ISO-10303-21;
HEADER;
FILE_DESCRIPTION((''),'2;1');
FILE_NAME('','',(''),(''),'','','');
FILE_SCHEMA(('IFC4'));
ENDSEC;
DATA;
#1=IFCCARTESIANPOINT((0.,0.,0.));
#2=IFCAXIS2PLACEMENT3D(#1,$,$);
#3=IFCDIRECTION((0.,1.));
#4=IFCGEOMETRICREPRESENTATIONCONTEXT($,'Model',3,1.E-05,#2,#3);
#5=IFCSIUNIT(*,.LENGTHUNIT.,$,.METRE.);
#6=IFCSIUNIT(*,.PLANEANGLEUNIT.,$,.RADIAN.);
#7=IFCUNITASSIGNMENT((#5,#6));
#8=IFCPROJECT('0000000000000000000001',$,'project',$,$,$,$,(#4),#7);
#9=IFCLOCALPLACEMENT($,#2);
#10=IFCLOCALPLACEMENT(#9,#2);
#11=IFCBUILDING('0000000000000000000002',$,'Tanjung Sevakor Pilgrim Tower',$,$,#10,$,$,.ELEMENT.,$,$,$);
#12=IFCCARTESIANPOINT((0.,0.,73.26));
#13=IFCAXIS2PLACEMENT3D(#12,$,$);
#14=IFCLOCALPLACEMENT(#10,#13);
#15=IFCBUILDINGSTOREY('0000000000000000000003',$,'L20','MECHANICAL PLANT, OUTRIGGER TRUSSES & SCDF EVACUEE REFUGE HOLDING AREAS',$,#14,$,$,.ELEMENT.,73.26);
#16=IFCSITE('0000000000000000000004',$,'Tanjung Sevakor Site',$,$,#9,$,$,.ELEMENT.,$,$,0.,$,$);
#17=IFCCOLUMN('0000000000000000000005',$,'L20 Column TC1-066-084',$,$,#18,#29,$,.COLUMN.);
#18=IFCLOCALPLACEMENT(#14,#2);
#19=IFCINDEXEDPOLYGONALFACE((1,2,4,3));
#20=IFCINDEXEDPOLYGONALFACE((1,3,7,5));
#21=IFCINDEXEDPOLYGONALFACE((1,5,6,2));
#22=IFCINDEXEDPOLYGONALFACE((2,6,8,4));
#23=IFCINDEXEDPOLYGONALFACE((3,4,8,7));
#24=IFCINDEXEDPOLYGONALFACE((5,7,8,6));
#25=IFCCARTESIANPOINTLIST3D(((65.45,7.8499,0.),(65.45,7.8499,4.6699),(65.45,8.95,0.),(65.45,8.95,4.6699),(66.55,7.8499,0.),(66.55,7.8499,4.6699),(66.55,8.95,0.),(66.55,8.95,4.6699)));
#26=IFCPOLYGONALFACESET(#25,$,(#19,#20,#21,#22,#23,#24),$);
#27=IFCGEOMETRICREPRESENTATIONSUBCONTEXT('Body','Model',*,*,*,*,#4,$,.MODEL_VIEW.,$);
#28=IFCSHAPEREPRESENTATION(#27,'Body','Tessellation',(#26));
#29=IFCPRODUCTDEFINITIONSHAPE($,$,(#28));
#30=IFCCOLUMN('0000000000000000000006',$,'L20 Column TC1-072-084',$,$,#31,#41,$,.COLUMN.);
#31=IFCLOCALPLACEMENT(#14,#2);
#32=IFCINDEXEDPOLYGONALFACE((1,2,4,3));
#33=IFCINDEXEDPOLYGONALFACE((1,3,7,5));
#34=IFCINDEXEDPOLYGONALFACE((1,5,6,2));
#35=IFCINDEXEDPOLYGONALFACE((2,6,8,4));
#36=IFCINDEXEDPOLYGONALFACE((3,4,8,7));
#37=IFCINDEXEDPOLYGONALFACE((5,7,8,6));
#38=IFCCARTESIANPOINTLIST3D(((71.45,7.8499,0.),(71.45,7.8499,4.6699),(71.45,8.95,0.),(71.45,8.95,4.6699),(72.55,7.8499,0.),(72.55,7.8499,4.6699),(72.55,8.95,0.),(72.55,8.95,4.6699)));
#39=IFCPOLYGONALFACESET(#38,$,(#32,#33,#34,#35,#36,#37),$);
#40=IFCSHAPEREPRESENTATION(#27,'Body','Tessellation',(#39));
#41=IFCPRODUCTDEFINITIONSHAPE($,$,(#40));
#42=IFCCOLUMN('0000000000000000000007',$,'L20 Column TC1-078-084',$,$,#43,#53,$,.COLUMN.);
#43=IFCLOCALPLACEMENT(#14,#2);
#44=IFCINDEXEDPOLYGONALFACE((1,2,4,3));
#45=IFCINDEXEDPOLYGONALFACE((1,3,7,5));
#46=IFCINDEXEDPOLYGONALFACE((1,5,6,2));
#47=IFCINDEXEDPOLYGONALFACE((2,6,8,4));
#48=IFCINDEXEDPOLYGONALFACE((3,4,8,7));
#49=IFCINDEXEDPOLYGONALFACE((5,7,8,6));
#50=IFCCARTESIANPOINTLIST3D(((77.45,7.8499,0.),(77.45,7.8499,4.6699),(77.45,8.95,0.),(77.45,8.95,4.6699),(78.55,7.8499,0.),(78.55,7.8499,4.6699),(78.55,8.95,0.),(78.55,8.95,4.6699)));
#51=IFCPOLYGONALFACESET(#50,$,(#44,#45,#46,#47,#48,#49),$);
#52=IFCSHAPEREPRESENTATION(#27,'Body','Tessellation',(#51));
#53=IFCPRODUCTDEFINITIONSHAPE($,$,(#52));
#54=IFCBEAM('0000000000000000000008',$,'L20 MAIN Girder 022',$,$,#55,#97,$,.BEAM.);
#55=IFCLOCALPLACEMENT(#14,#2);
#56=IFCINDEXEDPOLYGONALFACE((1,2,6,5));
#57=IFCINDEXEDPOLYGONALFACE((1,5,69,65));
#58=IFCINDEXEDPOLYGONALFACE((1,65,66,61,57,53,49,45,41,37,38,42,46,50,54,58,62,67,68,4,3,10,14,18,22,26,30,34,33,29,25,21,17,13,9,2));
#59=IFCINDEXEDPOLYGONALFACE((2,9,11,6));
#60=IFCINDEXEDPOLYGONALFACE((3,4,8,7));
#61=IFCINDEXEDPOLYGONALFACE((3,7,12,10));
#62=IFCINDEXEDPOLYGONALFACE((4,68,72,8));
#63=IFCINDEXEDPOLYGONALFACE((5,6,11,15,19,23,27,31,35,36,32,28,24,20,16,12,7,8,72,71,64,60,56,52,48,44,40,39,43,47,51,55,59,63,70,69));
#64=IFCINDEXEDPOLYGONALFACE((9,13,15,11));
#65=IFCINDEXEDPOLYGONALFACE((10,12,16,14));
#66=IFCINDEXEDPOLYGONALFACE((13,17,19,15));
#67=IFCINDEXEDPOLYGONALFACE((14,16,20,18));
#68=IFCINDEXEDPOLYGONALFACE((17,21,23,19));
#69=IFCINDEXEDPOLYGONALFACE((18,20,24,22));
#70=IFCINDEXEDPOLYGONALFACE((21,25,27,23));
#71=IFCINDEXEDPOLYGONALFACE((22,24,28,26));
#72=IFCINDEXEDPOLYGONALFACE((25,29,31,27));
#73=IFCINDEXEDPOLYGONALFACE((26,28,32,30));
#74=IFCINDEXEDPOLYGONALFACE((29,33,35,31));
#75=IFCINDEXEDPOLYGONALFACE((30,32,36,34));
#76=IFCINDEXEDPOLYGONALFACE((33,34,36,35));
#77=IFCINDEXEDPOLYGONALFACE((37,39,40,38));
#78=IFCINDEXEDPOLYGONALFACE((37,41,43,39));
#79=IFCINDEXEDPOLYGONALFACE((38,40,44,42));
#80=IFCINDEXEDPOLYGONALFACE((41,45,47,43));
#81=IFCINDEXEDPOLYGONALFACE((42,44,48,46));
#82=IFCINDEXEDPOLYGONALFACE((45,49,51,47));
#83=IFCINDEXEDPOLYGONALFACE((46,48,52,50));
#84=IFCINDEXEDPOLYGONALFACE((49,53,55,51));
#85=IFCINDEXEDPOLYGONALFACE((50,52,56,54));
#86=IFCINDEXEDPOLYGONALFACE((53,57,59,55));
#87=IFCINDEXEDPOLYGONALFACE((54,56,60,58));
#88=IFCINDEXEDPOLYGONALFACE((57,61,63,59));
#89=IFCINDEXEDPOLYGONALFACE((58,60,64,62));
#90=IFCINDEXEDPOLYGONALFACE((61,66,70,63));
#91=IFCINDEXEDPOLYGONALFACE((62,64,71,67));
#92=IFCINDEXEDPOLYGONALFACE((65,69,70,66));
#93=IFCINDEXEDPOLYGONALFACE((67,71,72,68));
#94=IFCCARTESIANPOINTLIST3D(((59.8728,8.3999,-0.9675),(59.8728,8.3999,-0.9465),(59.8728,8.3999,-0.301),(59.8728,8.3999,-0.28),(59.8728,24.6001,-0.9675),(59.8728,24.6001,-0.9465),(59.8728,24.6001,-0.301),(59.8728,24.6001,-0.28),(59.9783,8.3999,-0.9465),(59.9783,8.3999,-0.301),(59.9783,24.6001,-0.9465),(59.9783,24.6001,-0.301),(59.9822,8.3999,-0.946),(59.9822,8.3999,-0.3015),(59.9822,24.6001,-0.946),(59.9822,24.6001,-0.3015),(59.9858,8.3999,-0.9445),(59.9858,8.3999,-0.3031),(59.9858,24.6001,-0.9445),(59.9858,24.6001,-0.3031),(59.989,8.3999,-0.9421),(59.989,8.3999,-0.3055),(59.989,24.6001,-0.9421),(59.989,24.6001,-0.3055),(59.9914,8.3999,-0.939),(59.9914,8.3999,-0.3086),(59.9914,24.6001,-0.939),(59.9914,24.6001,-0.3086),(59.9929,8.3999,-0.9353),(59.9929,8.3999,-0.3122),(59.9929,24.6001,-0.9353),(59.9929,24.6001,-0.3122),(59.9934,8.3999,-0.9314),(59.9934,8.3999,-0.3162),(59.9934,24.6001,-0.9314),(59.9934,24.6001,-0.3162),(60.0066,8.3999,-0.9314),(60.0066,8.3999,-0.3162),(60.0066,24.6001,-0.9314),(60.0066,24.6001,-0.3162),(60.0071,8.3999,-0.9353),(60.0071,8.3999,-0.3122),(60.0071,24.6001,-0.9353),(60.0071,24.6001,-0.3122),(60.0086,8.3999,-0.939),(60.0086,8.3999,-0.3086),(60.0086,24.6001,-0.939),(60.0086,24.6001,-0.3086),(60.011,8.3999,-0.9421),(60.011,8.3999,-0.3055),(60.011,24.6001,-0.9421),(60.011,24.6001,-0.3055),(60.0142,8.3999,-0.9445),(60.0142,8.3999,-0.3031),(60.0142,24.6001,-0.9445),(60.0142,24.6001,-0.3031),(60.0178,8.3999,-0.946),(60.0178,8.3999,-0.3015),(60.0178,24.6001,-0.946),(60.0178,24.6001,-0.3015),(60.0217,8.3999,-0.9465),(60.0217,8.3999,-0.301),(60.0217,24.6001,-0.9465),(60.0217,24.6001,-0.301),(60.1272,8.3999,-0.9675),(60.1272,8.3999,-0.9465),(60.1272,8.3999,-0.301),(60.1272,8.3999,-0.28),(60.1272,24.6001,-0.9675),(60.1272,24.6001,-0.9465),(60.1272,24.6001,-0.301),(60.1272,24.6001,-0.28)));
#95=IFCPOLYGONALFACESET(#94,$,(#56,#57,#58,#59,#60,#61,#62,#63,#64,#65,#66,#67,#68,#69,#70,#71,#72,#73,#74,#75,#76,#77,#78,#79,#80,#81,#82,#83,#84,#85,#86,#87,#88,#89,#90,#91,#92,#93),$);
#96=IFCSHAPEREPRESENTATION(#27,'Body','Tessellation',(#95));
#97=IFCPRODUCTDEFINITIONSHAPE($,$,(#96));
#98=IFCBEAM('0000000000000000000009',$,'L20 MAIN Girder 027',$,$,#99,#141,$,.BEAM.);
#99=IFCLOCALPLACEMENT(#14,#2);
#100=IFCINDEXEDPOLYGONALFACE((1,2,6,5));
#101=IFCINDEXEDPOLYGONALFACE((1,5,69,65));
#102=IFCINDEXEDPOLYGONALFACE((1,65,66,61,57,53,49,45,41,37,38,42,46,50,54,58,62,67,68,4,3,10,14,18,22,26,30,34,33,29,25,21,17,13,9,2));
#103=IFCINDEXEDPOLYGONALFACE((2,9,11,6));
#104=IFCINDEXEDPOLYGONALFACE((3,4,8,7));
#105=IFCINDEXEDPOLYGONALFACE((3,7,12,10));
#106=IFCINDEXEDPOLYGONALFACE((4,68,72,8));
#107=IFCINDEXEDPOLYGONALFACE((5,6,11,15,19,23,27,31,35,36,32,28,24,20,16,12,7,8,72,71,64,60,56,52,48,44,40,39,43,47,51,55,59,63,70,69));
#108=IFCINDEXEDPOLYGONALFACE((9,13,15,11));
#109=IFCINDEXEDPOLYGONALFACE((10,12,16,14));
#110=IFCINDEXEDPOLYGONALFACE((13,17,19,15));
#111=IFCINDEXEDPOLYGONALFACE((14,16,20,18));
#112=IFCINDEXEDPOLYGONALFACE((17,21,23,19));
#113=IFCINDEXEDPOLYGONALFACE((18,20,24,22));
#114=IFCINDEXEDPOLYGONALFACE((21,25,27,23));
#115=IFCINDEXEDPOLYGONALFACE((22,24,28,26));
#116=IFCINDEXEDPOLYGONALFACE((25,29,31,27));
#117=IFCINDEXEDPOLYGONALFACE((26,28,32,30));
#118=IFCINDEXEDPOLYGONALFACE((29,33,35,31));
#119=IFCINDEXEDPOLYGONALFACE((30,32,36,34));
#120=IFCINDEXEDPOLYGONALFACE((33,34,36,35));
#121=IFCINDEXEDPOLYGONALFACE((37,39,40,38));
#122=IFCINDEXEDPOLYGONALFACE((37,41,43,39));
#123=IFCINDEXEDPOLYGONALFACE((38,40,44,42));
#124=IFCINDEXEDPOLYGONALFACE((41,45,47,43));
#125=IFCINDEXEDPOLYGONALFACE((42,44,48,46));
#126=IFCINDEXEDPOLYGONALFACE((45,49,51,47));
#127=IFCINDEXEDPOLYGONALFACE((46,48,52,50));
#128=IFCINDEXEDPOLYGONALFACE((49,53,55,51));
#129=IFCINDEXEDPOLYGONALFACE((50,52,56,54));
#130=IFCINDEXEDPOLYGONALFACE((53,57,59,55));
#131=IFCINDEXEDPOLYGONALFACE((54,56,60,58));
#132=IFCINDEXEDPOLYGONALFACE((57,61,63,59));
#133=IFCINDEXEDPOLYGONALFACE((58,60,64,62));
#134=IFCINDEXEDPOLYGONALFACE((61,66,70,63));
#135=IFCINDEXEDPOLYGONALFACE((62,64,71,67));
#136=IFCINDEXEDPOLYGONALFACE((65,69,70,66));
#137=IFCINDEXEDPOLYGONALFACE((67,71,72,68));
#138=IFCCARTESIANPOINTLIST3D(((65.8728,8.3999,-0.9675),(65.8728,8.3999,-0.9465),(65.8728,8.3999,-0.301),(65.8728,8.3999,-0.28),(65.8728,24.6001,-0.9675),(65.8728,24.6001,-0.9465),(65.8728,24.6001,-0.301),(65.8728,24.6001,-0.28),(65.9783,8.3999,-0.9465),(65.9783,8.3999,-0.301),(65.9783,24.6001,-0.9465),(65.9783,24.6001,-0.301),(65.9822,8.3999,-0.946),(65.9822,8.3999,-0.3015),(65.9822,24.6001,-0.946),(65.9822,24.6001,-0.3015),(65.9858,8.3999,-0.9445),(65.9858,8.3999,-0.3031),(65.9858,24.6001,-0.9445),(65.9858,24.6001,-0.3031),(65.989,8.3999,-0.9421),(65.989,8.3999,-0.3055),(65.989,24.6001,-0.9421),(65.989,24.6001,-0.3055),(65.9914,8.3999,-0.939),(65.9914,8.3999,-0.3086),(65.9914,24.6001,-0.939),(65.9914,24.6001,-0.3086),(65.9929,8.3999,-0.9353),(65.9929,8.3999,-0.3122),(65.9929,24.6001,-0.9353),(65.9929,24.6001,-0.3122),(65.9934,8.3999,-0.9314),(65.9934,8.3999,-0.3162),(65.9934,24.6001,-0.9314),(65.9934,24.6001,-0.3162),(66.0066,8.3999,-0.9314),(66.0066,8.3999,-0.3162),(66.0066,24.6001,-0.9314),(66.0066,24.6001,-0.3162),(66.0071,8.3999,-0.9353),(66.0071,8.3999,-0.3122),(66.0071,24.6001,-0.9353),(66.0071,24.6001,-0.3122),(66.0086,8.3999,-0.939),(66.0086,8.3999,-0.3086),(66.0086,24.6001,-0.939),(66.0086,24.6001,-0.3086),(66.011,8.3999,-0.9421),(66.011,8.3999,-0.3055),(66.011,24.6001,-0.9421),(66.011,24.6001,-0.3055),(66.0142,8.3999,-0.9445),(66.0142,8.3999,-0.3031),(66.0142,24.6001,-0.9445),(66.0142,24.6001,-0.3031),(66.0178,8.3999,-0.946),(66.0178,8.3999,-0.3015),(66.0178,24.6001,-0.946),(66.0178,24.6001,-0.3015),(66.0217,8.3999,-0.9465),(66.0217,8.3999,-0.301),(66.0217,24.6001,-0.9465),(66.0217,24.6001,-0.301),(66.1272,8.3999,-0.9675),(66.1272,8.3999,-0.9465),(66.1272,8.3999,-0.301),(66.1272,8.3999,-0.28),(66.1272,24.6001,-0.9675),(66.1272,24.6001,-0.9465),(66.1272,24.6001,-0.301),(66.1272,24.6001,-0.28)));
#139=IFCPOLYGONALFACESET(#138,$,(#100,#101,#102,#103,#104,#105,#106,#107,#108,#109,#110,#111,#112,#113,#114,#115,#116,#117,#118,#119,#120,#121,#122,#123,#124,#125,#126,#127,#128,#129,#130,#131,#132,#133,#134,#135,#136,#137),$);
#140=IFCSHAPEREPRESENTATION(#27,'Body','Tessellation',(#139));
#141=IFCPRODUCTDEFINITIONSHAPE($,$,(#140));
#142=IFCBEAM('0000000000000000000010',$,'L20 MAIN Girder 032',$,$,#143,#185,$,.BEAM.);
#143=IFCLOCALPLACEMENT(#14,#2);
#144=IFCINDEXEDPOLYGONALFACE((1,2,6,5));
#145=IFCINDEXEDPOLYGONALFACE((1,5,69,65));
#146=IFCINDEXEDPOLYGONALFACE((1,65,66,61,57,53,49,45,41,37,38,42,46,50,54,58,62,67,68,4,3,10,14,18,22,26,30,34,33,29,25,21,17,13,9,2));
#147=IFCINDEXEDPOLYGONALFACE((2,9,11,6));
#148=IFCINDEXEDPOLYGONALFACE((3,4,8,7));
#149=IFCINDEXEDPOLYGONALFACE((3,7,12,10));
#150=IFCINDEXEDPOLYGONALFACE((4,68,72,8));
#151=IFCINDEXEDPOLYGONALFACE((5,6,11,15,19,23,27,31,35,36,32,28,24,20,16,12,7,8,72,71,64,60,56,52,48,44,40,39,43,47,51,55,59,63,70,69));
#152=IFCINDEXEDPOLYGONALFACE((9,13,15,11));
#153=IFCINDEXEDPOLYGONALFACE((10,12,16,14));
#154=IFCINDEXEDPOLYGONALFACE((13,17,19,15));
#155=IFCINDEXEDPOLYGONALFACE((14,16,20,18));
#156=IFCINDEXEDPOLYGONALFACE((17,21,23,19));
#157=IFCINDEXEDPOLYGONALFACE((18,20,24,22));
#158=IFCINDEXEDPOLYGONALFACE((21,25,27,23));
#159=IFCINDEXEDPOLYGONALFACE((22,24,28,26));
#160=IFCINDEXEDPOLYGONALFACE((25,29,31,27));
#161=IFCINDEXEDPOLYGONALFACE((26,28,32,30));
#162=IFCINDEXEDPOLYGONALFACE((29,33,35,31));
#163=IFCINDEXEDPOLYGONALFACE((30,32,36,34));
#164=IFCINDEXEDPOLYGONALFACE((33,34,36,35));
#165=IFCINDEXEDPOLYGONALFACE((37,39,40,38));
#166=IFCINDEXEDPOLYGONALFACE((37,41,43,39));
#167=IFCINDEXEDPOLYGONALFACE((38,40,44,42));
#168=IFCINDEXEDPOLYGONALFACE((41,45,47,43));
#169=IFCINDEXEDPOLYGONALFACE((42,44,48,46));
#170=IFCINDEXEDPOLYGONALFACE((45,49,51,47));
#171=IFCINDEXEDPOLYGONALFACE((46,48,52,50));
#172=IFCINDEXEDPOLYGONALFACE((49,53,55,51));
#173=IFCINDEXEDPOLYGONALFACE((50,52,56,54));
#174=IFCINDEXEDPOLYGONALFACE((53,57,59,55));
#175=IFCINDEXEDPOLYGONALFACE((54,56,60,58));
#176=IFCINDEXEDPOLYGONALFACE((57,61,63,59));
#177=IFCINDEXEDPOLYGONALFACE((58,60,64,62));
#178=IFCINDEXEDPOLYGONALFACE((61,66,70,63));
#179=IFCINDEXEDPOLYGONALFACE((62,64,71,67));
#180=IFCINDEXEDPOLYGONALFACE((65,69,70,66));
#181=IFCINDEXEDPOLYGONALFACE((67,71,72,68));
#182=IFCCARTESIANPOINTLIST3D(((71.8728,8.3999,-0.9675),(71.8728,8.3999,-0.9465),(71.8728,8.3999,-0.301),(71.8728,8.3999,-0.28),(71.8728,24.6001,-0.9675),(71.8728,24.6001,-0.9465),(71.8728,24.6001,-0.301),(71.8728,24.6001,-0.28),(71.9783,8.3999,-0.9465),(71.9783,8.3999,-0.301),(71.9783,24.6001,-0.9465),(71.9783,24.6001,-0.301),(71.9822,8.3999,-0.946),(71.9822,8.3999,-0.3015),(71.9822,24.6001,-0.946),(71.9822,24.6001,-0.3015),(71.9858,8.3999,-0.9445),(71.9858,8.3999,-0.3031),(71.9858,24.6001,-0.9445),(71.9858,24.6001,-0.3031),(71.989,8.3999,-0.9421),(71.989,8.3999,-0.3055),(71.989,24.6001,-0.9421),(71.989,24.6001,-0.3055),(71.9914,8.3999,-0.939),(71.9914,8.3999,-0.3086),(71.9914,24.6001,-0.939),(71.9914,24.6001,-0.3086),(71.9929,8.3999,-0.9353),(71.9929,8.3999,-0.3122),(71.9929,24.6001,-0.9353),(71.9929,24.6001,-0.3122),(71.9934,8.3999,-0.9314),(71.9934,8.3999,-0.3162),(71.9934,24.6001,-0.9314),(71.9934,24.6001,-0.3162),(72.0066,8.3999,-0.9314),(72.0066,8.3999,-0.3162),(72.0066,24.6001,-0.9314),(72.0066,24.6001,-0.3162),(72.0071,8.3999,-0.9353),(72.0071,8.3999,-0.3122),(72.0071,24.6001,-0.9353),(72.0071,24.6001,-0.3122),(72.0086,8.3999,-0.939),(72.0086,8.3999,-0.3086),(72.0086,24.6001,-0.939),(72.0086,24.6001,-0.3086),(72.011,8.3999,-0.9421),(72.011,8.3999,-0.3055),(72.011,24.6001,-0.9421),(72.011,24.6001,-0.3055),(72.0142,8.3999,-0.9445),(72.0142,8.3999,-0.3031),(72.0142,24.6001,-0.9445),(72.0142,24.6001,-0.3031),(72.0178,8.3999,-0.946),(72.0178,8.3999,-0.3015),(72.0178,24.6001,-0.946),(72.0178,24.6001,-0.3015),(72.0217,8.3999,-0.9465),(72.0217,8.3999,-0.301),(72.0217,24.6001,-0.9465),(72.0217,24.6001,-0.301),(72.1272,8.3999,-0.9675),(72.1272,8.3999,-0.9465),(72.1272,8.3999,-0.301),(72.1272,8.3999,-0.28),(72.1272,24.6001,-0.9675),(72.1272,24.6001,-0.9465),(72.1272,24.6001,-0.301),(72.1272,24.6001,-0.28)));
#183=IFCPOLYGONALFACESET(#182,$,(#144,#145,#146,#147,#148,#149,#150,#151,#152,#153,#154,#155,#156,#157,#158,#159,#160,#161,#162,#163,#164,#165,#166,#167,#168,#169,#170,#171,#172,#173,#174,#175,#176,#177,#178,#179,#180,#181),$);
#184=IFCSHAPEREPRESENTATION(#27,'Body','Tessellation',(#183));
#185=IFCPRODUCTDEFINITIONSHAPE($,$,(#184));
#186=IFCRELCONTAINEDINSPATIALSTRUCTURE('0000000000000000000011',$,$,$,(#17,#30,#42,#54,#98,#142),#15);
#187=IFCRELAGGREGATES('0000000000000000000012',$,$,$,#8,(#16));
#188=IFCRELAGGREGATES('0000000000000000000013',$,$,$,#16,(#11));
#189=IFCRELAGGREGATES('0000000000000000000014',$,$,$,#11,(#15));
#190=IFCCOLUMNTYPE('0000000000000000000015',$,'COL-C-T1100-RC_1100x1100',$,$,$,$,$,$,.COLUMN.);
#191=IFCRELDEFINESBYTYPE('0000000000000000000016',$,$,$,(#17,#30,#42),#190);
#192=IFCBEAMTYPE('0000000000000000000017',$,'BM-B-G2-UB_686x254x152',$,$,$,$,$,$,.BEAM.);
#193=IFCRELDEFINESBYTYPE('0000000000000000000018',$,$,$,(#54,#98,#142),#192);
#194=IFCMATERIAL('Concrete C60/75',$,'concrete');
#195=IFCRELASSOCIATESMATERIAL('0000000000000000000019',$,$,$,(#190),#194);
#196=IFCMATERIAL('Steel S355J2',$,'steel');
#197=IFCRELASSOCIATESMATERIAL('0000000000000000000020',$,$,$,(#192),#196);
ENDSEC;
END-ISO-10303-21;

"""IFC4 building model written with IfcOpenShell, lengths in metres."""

from ifc_helpers import new_model, si_unit, direction, frame, origin, origin_2d, place, context, subcontext, project, spatial, rectangle, i_section, extrude, material, material_profile, profile_set, type_object, element, save


model = new_model("IFC4")

# Units and contexts
model_context = context("Model", 3, precision=1e-05, world=origin(), true_north=direction((0.0, 1.0)))
body_context = subcontext(model_context, "Body", "Model", "MODEL_VIEW")
ifc_project = project(units=[si_unit("LENGTHUNIT", "METRE"), si_unit("PLANEANGLEUNIT", "RADIAN")], contexts=[model_context])

# Site, building, storey
site_placement = place(None, origin())
site = spatial("IfcSite", under=ifc_project, at=site_placement, Name="Tanjung Sevakor Site", CompositionType="ELEMENT", RefElevation=0.0)
building_placement = place(site_placement, origin())
building = spatial("IfcBuilding", under=site, at=building_placement, Name="Tanjung Sevakor Pilgrim Tower", CompositionType="ELEMENT")
storey_placement = place(building_placement, frame((0.0, 0.0, 73.26)))
storey = spatial("IfcBuildingStorey", under=building, at=storey_placement, Name="L20", Description="MECHANICAL PLANT, OUTRIGGER TRUSSES & SCDF EVACUEE REFUGE HOLDING AREAS", CompositionType="ELEMENT", Elevation=73.26)

# Columns
ifc_material_1 = material(Name="Concrete C60/75", Category="concrete")
ifc_material_profile_1 = material_profile(ifc_material_1, rectangle(XDim=1.1001, YDim=1.1001, at=origin_2d()))
ifc_profile_set_1 = profile_set([ifc_material_profile_1], Name="Concrete C60/75")
column_type = type_object("IfcColumnType", Name="COL-C-T1100-RC_1100x1100", PredefinedType="COLUMN", material=ifc_profile_set_1)
for number, where, z_axis, x_axis, name in (
    (1, (66.0, 8.3999, 0.0), (0.0, 0.0, 1.0), (1.0, 0.0, 0.0), "L20 Column TC1-066-084"),
    (2, (72.0, 8.3999, 0.0), (0.0, 0.0, 1.0), (1.0, 0.0, 0.0), "L20 Column TC1-072-084"),
    (3, (78.0, 8.3999, 0.0), (0.0, 0.0, 1.0), (1.0, 0.0, 0.0), "L20 Column TC1-078-084"),
):
    element("IfcColumn", number, at=place(storey_placement, frame(where, z_axis=z_axis, x_axis=x_axis)), inside=storey, type_object=column_type, Name=name, PredefinedType="COLUMN", context=body_context, shape_type="SweptSolid", body=[
        extrude(rectangle(XDim=1.1001, YDim=1.1001, at=origin_2d()), origin(), (0.0, 0.0, 1.0), 4.6699),
    ])

# Beams
ifc_material_2 = material(Name="Steel S355J2", Category="steel")
ifc_material_profile_2 = material_profile(ifc_material_2, i_section(OverallWidth=0.2544, OverallDepth=0.6875, WebThickness=0.0132, FlangeThickness=0.021, FilletRadius=0.0151, at=origin_2d()))
ifc_profile_set_2 = profile_set([ifc_material_profile_2], Name="Steel S355J2")
beam_type_1 = type_object("IfcBeamType", Name="BM-B-G2-UB_686x254x152", PredefinedType="BEAM", material=ifc_profile_set_2)
for number, where, z_axis, x_axis, name in (
    (4, (60.0, 8.3999, -0.6238), (0.0, 1.0, 0.0), (-1.0, 0.0, 0.0), "L20 MAIN Girder 022"),
    (5, (66.0, 8.3999, -0.6238), (0.0, 1.0, 0.0), (-1.0, 0.0, 0.0), "L20 MAIN Girder 027"),
    (6, (72.0, 8.3999, -0.6238), (0.0, 1.0, 0.0), (-1.0, 0.0, 0.0), "L20 MAIN Girder 032"),
):
    element("IfcBeam", number, at=place(storey_placement, frame(where, z_axis=z_axis, x_axis=x_axis)), inside=storey, type_object=beam_type_1, Name=name, PredefinedType="BEAM", context=body_context, shape_type="SweptSolid", body=[
        extrude(i_section(OverallWidth=0.2544, OverallDepth=0.6875, WebThickness=0.0132, FlangeThickness=0.021, FilletRadius=0.0151, at=origin_2d()), origin(), (0.0, 0.0, 1.0), 16.2002),
    ])

save(model, "model.ifc")
